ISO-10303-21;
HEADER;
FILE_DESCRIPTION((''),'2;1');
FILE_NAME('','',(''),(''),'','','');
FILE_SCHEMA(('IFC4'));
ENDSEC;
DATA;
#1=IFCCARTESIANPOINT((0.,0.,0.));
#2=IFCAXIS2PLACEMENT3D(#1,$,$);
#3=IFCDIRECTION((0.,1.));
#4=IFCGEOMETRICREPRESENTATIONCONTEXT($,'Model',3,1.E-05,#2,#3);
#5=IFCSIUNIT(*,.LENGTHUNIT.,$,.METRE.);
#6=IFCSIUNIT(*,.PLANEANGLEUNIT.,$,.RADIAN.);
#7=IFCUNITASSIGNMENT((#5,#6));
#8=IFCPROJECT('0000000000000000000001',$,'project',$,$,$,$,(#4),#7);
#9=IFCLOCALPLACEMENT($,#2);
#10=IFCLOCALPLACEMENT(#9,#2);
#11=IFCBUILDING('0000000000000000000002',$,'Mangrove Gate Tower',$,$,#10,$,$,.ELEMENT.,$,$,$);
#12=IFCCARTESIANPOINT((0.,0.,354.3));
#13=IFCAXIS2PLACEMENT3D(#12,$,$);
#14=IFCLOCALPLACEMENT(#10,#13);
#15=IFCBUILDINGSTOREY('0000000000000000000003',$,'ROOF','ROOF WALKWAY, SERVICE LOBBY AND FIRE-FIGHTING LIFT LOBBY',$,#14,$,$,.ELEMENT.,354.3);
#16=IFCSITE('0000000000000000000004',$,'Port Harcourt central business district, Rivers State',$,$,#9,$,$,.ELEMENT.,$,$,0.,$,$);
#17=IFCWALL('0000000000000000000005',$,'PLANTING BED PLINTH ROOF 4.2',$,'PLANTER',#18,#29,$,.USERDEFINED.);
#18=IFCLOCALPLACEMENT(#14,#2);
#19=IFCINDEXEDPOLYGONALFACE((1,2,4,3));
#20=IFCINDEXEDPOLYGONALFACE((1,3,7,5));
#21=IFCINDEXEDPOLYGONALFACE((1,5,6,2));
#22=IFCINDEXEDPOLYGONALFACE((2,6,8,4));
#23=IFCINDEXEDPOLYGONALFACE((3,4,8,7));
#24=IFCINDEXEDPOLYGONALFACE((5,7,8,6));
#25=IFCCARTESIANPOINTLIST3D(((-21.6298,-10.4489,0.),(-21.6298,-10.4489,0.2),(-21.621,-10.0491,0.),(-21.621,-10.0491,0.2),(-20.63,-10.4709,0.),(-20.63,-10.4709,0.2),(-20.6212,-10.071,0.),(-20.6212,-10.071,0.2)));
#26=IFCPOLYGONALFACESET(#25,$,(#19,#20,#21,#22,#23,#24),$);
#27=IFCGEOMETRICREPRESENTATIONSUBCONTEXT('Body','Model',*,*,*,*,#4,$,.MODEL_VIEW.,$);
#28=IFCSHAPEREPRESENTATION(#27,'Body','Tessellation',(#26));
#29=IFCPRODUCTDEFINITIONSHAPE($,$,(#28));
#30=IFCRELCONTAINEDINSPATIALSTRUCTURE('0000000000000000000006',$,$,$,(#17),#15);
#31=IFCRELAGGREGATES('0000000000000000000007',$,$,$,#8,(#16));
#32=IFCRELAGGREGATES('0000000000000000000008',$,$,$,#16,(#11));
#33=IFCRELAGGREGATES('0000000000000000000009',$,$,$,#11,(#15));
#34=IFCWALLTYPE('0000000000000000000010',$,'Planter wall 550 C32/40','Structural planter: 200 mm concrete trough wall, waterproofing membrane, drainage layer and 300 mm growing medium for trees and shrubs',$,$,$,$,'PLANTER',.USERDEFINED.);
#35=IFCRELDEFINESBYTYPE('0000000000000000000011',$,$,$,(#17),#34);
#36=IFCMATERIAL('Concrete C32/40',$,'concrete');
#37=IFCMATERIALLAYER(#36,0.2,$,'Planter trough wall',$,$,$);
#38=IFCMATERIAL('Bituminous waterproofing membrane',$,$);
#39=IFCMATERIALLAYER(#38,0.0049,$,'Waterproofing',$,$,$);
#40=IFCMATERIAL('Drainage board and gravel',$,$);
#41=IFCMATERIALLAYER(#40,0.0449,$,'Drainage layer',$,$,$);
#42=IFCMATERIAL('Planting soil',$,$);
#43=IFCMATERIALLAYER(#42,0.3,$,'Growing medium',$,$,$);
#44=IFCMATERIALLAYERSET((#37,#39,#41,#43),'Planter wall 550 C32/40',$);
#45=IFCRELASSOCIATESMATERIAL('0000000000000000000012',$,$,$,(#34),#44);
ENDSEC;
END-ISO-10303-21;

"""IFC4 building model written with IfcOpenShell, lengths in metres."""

from ifc_helpers import new_model, si_unit, direction, frame, frame_2d, origin, place, context, subcontext, project, spatial, rectangle, extrude, material, layer, layer_set, type_object, element, save


model = new_model("IFC4")

# Units and contexts
model_context = context("Model", 3, precision=1e-05, world=origin(), true_north=direction((0.0, 1.0)))
body_context = subcontext(model_context, "Body", "Model", "MODEL_VIEW")
ifc_project = project(units=[si_unit("LENGTHUNIT", "METRE"), si_unit("PLANEANGLEUNIT", "RADIAN")], contexts=[model_context])

# Site, building, storey
site_placement = place(None, origin())
site = spatial("IfcSite", under=ifc_project, at=site_placement, Name="Port Harcourt central business district, Rivers State", CompositionType="ELEMENT", RefElevation=0.0)
building_placement = place(site_placement, origin())
building = spatial("IfcBuilding", under=site, at=building_placement, Name="Mangrove Gate Tower", CompositionType="ELEMENT")
storey_placement = place(building_placement, frame((0.0, 0.0, 354.3)))
storey = spatial("IfcBuildingStorey", under=building, at=storey_placement, Name="ROOF", Description="ROOF WALKWAY, SERVICE LOBBY AND FIRE-FIGHTING LIFT LOBBY", CompositionType="ELEMENT", Elevation=354.3)

# Wall
ifc_material_1 = material(Name="Concrete C32/40", Category="concrete")
ifc_layer_1 = layer(ifc_material_1, 0.2, Name="Planter trough wall")
ifc_material_2 = material(Name="Bituminous waterproofing membrane")
ifc_layer_2 = layer(ifc_material_2, 0.0049, Name="Waterproofing")
ifc_material_3 = material(Name="Drainage board and gravel")
ifc_layer_3 = layer(ifc_material_3, 0.0449, Name="Drainage layer")
ifc_material_4 = material(Name="Planting soil")
ifc_layer_4 = layer(ifc_material_4, 0.3, Name="Growing medium")
ifc_layer_set_1 = layer_set([ifc_layer_1, ifc_layer_2, ifc_layer_3, ifc_layer_4], Name="Planter wall 550 C32/40")
wall_type_1 = type_object("IfcWallType", Name="Planter wall 550 C32/40", Description="Structural planter: 200 mm concrete trough wall, waterproofing membrane, drainage layer and 300 mm growing medium for trees and shrubs", ElementType="PLANTER", PredefinedType="USERDEFINED", material=ifc_layer_set_1)
wall_1_placement = place(storey_placement, frame((-21.1211, -10.0601, 0.0), z_axis=(0.0, 0.0, 1.0), x_axis=(-0.021973, -0.999759, 0.0)))
element("IfcWall", 1, at=wall_1_placement, inside=storey, type_object=wall_type_1, Name="PLANTING BED PLINTH ROOF 4.2", ObjectType="PLANTER", PredefinedType="USERDEFINED", context=body_context, shape_type="SweptSolid", body=[
    extrude(rectangle(XDim=0.3999, YDim=1.0, at=frame_2d((0.2, 0.0))), origin(), (0.0, 0.0, 1.0), 0.2),
])

save(model, "model.ifc")
